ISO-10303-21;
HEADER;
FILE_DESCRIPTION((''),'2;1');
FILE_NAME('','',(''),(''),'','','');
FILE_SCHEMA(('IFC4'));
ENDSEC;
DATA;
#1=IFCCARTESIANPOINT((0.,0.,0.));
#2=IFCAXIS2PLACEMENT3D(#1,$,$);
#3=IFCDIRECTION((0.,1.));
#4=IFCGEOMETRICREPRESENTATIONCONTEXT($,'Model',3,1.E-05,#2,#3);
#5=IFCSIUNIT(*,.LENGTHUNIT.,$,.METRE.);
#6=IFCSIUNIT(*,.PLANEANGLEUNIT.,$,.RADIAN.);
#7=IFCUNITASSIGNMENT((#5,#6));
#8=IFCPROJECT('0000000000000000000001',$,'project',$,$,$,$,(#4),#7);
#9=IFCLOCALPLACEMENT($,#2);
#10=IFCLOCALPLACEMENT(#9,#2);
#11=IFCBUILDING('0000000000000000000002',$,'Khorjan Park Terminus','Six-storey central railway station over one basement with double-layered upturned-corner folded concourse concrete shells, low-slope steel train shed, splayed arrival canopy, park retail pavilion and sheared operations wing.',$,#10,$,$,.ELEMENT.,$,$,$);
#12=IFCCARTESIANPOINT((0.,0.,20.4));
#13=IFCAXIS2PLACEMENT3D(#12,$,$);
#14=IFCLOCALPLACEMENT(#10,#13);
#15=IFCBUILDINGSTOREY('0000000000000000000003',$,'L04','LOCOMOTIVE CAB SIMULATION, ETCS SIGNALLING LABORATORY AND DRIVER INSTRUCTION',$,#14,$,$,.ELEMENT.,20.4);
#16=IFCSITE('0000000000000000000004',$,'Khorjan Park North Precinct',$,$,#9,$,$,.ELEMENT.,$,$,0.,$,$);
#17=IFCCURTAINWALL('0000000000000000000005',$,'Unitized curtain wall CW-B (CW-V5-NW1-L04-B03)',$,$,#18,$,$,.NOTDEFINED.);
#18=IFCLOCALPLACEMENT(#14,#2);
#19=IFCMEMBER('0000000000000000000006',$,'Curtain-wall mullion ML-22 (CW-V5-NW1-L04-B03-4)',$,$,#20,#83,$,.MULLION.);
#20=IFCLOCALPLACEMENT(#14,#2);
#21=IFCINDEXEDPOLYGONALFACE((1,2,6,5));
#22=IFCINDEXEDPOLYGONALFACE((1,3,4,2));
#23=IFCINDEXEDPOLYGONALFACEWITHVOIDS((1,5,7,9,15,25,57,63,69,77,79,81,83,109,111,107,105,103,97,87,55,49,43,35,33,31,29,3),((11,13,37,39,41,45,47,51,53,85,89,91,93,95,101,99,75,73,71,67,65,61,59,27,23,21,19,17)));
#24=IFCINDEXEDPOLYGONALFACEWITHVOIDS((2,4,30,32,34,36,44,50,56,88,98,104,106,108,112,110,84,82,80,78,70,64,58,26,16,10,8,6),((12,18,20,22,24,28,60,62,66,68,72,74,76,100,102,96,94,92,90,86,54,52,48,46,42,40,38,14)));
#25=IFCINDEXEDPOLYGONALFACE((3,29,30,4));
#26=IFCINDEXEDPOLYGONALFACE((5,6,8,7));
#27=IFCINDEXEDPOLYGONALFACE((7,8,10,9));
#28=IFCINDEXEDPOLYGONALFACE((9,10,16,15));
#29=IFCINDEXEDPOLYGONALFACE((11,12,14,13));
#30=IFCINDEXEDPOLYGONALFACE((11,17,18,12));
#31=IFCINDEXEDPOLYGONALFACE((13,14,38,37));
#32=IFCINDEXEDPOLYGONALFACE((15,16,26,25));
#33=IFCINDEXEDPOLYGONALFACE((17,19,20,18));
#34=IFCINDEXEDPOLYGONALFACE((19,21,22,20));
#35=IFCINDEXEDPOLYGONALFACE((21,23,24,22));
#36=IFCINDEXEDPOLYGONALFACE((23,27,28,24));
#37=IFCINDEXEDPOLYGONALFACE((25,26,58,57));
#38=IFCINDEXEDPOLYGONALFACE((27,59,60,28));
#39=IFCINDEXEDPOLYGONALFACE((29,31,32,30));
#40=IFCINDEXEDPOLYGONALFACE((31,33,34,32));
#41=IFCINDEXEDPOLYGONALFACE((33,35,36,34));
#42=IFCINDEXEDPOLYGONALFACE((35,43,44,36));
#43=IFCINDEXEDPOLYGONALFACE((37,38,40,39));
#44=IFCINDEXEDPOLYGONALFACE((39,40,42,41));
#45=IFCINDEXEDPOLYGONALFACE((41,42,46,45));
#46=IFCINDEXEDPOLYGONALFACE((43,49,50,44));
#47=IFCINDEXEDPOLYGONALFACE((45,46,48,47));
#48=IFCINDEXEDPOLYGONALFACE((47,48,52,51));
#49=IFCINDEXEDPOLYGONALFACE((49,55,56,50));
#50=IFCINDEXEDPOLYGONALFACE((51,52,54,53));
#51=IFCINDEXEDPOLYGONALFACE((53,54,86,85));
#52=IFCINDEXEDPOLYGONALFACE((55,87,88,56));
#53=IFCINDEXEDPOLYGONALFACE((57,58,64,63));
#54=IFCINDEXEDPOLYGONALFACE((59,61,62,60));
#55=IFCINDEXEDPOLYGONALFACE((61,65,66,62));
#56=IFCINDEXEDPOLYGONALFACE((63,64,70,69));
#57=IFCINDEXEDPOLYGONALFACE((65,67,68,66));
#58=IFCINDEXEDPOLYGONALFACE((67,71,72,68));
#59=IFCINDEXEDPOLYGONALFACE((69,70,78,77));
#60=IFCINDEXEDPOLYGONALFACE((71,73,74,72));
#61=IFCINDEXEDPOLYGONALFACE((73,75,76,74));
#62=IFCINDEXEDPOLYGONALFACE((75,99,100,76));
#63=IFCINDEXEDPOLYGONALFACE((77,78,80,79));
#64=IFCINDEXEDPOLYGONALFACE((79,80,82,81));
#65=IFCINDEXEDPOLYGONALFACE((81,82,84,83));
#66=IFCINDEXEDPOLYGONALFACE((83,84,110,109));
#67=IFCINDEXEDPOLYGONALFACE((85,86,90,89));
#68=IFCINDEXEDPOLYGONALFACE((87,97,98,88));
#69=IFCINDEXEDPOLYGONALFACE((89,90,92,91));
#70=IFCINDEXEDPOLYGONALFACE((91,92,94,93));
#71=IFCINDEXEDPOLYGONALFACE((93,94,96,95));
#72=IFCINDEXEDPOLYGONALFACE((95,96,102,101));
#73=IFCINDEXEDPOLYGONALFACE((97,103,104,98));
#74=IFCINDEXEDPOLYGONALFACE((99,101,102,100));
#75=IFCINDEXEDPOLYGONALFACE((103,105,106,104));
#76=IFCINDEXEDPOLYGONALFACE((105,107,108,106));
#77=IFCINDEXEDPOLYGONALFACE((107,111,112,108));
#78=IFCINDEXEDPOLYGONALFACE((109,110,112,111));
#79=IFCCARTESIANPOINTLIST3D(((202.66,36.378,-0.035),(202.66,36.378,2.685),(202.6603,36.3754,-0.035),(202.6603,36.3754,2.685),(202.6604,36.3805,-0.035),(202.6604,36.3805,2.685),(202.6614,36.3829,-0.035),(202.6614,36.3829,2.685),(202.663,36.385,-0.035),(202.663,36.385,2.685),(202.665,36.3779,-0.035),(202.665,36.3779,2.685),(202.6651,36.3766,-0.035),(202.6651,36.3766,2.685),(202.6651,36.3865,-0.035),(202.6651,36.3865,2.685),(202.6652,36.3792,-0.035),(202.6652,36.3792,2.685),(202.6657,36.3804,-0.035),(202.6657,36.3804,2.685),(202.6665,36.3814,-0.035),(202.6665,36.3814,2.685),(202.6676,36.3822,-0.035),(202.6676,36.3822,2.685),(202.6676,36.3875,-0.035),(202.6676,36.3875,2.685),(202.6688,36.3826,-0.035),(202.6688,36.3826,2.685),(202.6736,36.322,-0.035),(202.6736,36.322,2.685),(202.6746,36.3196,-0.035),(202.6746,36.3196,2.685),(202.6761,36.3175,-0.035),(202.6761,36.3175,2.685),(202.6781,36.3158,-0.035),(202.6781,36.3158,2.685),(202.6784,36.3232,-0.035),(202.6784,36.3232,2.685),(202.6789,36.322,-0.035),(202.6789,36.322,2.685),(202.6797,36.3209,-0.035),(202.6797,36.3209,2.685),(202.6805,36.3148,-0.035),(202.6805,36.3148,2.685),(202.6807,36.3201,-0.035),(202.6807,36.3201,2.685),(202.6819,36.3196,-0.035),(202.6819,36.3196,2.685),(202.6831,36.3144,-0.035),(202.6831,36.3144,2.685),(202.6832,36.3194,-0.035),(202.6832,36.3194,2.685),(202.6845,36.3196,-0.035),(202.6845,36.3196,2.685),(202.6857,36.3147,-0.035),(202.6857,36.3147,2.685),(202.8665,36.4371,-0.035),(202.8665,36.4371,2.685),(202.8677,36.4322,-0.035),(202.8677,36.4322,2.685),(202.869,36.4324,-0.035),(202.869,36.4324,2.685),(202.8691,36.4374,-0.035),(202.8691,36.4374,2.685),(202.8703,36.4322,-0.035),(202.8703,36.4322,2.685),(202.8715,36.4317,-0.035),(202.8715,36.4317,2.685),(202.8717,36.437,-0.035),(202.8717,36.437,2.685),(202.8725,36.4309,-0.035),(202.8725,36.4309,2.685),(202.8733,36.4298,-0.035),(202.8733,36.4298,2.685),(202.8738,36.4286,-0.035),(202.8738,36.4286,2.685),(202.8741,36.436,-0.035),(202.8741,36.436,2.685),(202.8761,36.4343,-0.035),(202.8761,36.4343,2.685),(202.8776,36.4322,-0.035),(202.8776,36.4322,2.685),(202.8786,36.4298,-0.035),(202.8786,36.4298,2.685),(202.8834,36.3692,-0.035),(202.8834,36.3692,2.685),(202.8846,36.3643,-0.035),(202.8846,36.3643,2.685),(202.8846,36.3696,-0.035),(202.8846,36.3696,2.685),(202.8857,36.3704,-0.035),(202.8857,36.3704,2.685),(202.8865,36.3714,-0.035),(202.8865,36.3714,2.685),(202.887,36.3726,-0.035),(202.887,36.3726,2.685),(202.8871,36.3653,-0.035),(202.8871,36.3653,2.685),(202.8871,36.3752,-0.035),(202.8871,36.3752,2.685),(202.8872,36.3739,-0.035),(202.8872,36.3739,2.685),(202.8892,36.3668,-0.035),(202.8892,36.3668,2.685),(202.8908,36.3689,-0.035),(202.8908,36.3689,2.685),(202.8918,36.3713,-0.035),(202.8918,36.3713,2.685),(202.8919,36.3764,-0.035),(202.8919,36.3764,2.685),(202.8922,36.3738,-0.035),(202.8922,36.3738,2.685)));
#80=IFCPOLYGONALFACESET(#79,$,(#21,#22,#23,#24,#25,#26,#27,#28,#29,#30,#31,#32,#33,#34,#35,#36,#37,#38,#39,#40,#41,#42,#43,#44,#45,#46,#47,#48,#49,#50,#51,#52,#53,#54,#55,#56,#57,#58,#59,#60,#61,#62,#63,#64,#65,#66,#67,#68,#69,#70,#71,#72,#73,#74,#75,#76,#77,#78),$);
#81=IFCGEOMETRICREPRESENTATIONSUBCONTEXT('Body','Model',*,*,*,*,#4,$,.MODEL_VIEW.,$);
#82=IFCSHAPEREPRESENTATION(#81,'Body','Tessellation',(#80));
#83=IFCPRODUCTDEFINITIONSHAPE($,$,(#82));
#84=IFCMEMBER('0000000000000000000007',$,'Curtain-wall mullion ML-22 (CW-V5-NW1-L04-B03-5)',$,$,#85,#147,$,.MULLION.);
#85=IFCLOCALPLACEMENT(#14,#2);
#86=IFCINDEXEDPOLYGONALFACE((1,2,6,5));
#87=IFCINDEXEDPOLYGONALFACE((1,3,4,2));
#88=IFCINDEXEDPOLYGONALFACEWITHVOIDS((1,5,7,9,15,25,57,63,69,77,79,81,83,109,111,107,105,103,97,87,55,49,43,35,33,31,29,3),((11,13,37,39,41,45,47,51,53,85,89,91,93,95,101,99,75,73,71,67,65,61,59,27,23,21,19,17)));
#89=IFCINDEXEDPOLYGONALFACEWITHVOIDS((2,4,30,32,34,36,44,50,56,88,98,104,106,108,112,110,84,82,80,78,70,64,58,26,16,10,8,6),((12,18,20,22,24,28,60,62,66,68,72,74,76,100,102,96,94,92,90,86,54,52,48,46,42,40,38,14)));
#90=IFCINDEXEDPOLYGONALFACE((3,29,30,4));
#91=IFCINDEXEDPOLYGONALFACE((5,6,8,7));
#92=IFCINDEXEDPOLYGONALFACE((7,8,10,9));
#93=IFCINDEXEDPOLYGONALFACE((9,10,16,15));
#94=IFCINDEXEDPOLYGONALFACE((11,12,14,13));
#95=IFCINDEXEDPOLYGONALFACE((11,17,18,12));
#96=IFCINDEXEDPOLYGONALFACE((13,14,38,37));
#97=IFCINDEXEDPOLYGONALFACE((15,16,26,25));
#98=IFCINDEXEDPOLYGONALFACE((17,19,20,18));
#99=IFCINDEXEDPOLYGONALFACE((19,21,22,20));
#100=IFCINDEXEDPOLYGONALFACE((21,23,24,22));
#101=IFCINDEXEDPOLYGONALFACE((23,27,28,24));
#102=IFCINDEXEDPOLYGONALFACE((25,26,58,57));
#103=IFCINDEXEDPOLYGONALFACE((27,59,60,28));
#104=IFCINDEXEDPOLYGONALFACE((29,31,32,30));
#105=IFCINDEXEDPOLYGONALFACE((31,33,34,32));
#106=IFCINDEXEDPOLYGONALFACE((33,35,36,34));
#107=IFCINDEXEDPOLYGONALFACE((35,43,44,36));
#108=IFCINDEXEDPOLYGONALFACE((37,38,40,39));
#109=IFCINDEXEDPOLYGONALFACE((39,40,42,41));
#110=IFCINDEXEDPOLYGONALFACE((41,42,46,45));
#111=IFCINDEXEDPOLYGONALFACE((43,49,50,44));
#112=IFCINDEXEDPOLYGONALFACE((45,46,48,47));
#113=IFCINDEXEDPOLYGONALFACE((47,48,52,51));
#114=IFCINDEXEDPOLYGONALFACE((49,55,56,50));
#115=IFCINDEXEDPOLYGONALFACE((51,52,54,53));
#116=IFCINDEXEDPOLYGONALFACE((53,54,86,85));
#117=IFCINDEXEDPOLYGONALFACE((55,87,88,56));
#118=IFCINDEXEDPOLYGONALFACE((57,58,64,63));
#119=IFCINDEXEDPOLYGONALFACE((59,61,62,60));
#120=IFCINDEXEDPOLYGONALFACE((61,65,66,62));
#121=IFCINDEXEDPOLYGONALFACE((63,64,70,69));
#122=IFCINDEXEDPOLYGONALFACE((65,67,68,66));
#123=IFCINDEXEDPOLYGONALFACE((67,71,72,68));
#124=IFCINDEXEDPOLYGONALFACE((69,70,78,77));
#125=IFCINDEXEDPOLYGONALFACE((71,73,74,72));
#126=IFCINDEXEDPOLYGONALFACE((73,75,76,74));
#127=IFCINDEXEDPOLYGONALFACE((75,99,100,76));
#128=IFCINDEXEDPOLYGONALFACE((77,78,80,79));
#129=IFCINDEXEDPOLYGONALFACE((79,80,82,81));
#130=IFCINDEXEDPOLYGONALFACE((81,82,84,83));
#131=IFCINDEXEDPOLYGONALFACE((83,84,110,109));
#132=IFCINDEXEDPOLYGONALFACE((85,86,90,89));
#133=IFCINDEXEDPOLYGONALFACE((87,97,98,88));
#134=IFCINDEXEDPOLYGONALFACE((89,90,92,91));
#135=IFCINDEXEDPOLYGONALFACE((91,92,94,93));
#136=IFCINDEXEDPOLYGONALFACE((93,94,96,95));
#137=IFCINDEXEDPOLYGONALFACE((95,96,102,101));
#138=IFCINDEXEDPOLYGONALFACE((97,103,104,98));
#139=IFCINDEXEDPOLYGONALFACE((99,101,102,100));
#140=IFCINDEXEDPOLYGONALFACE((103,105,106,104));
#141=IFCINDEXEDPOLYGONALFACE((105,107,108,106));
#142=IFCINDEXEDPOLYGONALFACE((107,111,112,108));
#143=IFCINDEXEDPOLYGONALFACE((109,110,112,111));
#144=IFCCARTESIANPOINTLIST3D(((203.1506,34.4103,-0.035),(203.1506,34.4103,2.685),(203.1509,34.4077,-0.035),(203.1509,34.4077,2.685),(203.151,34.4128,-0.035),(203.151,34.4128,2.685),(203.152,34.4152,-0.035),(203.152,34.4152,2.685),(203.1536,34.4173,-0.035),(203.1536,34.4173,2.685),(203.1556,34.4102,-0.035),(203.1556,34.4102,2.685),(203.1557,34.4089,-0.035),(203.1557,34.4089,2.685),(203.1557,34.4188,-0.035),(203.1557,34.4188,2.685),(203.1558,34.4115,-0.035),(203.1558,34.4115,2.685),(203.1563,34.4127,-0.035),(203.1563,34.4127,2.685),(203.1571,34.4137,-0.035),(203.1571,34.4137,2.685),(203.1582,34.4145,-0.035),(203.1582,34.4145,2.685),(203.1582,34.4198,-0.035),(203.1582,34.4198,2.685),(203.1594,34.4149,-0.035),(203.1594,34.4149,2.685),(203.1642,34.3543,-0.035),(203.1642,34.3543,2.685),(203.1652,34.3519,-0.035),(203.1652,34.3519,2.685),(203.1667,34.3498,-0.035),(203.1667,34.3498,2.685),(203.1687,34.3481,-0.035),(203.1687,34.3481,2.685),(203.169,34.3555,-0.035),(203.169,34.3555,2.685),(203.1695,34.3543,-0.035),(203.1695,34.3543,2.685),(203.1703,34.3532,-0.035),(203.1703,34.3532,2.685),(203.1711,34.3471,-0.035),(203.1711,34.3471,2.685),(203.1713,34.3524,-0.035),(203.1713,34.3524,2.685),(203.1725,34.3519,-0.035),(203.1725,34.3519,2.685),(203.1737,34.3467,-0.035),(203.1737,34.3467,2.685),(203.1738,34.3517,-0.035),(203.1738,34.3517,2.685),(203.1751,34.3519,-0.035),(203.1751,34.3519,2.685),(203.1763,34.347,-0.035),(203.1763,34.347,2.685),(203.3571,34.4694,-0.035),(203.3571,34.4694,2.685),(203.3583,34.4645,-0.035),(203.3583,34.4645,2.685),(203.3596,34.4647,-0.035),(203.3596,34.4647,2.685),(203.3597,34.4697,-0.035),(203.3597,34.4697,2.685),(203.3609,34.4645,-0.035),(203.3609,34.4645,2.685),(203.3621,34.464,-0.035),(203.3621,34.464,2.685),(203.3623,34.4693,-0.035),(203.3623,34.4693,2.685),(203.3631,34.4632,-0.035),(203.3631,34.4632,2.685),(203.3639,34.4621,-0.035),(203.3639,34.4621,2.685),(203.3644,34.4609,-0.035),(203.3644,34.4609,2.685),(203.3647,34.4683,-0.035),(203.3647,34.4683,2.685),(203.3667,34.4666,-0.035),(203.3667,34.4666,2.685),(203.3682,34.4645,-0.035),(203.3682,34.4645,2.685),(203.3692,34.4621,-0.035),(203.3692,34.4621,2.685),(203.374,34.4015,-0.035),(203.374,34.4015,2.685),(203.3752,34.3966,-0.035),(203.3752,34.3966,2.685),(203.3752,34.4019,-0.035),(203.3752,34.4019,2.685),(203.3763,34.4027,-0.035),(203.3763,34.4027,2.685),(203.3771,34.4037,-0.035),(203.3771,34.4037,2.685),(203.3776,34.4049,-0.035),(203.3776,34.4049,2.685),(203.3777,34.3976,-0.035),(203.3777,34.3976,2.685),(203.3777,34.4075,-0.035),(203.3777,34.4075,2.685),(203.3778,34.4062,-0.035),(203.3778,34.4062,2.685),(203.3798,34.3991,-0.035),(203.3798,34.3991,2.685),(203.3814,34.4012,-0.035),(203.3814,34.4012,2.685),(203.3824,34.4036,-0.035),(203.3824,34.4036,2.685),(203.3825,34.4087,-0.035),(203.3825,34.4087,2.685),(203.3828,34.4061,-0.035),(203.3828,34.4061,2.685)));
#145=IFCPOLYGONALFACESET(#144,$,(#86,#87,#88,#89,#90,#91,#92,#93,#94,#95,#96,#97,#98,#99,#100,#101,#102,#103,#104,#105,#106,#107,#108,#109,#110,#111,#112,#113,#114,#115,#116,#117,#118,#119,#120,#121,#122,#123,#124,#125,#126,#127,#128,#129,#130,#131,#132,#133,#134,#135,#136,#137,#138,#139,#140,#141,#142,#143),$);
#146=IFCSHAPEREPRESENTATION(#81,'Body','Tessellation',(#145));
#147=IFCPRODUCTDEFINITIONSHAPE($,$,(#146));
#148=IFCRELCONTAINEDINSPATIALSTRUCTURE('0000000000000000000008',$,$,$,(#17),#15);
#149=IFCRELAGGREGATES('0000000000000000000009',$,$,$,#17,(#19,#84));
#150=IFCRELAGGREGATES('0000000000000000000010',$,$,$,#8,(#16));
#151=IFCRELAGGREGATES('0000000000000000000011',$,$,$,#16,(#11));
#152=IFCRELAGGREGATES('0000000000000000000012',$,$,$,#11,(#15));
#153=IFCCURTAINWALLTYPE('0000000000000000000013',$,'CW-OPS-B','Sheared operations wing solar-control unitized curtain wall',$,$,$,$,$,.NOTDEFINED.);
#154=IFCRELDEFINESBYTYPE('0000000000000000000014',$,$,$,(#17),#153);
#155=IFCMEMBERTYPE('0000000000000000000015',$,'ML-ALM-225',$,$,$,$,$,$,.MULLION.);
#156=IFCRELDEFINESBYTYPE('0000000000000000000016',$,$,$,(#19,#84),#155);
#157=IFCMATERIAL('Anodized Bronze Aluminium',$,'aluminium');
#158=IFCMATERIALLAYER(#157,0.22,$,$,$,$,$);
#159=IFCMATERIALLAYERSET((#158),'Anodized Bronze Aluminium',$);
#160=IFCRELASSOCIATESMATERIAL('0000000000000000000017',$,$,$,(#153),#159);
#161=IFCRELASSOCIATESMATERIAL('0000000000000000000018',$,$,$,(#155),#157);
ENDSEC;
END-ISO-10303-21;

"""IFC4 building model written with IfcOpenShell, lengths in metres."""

from ifc_helpers import new_model, si_unit, direction, frame, origin, origin_2d, place, context, subcontext, project, spatial, hollow_rectangle, extrude, material, layer, layer_set, material_profile, profile_set, type_object, element, aggregate, save


model = new_model("IFC4")

# Units and contexts
model_context = context("Model", 3, precision=1e-05, world=origin(), true_north=direction((0.0, 1.0)))
body_context = subcontext(model_context, "Body", "Model", "MODEL_VIEW")
ifc_project = project(units=[si_unit("LENGTHUNIT", "METRE"), si_unit("PLANEANGLEUNIT", "RADIAN")], contexts=[model_context])

# Site, building, storey
site_placement = place(None, origin())
site = spatial("IfcSite", under=ifc_project, at=site_placement, Name="Khorjan Park North Precinct", CompositionType="ELEMENT", RefElevation=0.0)
building_placement = place(site_placement, origin())
building = spatial("IfcBuilding", under=site, at=building_placement, Name="Khorjan Park Terminus", Description="Six-storey central railway station over one basement with double-layered upturned-corner folded concourse concrete shells, low-slope steel train shed, splayed arrival canopy, park retail pavilion and sheared operations wing.", CompositionType="ELEMENT")
storey_placement = place(building_placement, frame((0.0, 0.0, 20.4)))
storey = spatial("IfcBuildingStorey", under=building, at=storey_placement, Name="L04", Description="LOCOMOTIVE CAB SIMULATION, ETCS SIGNALLING LABORATORY AND DRIVER INSTRUCTION", CompositionType="ELEMENT", Elevation=20.4)

# Curtain wall, members
ifc_material_1 = material(Name="Anodized Bronze Aluminium", Category="aluminium")
ifc_layer_1 = layer(ifc_material_1, 0.22)
ifc_layer_set_1 = layer_set([ifc_layer_1], Name="Anodized Bronze Aluminium")
curtain_wall_type = type_object("IfcCurtainWallType", Name="CW-OPS-B", Description="Sheared operations wing solar-control unitized curtain wall", PredefinedType="NOTDEFINED", material=ifc_layer_set_1)
curtain_wall_1_placement = place(storey_placement, origin())
curtain_wall_1 = element("IfcCurtainWall", 1, at=curtain_wall_1_placement, inside=storey, type_object=curtain_wall_type, Name="Unitized curtain wall CW-B (CW-V5-NW1-L04-B03)", PredefinedType="NOTDEFINED")
ifc_material_profile_1 = material_profile(ifc_material_1, hollow_rectangle(XDim=0.075, YDim=0.225, WallThickness=0.005, InnerFilletRadius=0.005, OuterFilletRadius=0.01, at=origin_2d()), Name="ALM 75x225x5")
ifc_profile_set_1 = profile_set([ifc_material_profile_1], Name="Anodized Bronze Aluminium")
member_type_1 = type_object("IfcMemberType", Name="ML-ALM-225", PredefinedType="MULLION", material=ifc_profile_set_1)
member_1_placement = place(storey_placement, frame((202.7761, 36.3759, -0.035), z_axis=(0.0, 0.0, 1.0), x_axis=(0.241921, -0.970296, 0.0)))
member_1 = element("IfcMember", 2, at=member_1_placement, type_object=member_type_1, Name="Curtain-wall mullion ML-22 (CW-V5-NW1-L04-B03-4)", PredefinedType="MULLION", context=body_context, shape_type="SweptSolid", body=[
    extrude(hollow_rectangle(XDim=0.075, YDim=0.225, WallThickness=0.005, InnerFilletRadius=0.005, OuterFilletRadius=0.01, at=origin_2d()), origin(), (0.0, 0.0, 1.0), 2.72),
])
member_2_placement = place(storey_placement, frame((203.2667, 34.4082, -0.035), z_axis=(0.0, 0.0, 1.0), x_axis=(0.241921, -0.970296, 0.0)))
member_2 = element("IfcMember", 3, at=member_2_placement, type_object=member_type_1, Name="Curtain-wall mullion ML-22 (CW-V5-NW1-L04-B03-5)", PredefinedType="MULLION", context=body_context, shape_type="SweptSolid", body=[
    extrude(hollow_rectangle(XDim=0.075, YDim=0.225, WallThickness=0.005, InnerFilletRadius=0.005, OuterFilletRadius=0.01, at=origin_2d()), origin(), (0.0, 0.0, 1.0), 2.72),
])

aggregate(curtain_wall_1, [member_1, member_2])

save(model, "model.ifc")
